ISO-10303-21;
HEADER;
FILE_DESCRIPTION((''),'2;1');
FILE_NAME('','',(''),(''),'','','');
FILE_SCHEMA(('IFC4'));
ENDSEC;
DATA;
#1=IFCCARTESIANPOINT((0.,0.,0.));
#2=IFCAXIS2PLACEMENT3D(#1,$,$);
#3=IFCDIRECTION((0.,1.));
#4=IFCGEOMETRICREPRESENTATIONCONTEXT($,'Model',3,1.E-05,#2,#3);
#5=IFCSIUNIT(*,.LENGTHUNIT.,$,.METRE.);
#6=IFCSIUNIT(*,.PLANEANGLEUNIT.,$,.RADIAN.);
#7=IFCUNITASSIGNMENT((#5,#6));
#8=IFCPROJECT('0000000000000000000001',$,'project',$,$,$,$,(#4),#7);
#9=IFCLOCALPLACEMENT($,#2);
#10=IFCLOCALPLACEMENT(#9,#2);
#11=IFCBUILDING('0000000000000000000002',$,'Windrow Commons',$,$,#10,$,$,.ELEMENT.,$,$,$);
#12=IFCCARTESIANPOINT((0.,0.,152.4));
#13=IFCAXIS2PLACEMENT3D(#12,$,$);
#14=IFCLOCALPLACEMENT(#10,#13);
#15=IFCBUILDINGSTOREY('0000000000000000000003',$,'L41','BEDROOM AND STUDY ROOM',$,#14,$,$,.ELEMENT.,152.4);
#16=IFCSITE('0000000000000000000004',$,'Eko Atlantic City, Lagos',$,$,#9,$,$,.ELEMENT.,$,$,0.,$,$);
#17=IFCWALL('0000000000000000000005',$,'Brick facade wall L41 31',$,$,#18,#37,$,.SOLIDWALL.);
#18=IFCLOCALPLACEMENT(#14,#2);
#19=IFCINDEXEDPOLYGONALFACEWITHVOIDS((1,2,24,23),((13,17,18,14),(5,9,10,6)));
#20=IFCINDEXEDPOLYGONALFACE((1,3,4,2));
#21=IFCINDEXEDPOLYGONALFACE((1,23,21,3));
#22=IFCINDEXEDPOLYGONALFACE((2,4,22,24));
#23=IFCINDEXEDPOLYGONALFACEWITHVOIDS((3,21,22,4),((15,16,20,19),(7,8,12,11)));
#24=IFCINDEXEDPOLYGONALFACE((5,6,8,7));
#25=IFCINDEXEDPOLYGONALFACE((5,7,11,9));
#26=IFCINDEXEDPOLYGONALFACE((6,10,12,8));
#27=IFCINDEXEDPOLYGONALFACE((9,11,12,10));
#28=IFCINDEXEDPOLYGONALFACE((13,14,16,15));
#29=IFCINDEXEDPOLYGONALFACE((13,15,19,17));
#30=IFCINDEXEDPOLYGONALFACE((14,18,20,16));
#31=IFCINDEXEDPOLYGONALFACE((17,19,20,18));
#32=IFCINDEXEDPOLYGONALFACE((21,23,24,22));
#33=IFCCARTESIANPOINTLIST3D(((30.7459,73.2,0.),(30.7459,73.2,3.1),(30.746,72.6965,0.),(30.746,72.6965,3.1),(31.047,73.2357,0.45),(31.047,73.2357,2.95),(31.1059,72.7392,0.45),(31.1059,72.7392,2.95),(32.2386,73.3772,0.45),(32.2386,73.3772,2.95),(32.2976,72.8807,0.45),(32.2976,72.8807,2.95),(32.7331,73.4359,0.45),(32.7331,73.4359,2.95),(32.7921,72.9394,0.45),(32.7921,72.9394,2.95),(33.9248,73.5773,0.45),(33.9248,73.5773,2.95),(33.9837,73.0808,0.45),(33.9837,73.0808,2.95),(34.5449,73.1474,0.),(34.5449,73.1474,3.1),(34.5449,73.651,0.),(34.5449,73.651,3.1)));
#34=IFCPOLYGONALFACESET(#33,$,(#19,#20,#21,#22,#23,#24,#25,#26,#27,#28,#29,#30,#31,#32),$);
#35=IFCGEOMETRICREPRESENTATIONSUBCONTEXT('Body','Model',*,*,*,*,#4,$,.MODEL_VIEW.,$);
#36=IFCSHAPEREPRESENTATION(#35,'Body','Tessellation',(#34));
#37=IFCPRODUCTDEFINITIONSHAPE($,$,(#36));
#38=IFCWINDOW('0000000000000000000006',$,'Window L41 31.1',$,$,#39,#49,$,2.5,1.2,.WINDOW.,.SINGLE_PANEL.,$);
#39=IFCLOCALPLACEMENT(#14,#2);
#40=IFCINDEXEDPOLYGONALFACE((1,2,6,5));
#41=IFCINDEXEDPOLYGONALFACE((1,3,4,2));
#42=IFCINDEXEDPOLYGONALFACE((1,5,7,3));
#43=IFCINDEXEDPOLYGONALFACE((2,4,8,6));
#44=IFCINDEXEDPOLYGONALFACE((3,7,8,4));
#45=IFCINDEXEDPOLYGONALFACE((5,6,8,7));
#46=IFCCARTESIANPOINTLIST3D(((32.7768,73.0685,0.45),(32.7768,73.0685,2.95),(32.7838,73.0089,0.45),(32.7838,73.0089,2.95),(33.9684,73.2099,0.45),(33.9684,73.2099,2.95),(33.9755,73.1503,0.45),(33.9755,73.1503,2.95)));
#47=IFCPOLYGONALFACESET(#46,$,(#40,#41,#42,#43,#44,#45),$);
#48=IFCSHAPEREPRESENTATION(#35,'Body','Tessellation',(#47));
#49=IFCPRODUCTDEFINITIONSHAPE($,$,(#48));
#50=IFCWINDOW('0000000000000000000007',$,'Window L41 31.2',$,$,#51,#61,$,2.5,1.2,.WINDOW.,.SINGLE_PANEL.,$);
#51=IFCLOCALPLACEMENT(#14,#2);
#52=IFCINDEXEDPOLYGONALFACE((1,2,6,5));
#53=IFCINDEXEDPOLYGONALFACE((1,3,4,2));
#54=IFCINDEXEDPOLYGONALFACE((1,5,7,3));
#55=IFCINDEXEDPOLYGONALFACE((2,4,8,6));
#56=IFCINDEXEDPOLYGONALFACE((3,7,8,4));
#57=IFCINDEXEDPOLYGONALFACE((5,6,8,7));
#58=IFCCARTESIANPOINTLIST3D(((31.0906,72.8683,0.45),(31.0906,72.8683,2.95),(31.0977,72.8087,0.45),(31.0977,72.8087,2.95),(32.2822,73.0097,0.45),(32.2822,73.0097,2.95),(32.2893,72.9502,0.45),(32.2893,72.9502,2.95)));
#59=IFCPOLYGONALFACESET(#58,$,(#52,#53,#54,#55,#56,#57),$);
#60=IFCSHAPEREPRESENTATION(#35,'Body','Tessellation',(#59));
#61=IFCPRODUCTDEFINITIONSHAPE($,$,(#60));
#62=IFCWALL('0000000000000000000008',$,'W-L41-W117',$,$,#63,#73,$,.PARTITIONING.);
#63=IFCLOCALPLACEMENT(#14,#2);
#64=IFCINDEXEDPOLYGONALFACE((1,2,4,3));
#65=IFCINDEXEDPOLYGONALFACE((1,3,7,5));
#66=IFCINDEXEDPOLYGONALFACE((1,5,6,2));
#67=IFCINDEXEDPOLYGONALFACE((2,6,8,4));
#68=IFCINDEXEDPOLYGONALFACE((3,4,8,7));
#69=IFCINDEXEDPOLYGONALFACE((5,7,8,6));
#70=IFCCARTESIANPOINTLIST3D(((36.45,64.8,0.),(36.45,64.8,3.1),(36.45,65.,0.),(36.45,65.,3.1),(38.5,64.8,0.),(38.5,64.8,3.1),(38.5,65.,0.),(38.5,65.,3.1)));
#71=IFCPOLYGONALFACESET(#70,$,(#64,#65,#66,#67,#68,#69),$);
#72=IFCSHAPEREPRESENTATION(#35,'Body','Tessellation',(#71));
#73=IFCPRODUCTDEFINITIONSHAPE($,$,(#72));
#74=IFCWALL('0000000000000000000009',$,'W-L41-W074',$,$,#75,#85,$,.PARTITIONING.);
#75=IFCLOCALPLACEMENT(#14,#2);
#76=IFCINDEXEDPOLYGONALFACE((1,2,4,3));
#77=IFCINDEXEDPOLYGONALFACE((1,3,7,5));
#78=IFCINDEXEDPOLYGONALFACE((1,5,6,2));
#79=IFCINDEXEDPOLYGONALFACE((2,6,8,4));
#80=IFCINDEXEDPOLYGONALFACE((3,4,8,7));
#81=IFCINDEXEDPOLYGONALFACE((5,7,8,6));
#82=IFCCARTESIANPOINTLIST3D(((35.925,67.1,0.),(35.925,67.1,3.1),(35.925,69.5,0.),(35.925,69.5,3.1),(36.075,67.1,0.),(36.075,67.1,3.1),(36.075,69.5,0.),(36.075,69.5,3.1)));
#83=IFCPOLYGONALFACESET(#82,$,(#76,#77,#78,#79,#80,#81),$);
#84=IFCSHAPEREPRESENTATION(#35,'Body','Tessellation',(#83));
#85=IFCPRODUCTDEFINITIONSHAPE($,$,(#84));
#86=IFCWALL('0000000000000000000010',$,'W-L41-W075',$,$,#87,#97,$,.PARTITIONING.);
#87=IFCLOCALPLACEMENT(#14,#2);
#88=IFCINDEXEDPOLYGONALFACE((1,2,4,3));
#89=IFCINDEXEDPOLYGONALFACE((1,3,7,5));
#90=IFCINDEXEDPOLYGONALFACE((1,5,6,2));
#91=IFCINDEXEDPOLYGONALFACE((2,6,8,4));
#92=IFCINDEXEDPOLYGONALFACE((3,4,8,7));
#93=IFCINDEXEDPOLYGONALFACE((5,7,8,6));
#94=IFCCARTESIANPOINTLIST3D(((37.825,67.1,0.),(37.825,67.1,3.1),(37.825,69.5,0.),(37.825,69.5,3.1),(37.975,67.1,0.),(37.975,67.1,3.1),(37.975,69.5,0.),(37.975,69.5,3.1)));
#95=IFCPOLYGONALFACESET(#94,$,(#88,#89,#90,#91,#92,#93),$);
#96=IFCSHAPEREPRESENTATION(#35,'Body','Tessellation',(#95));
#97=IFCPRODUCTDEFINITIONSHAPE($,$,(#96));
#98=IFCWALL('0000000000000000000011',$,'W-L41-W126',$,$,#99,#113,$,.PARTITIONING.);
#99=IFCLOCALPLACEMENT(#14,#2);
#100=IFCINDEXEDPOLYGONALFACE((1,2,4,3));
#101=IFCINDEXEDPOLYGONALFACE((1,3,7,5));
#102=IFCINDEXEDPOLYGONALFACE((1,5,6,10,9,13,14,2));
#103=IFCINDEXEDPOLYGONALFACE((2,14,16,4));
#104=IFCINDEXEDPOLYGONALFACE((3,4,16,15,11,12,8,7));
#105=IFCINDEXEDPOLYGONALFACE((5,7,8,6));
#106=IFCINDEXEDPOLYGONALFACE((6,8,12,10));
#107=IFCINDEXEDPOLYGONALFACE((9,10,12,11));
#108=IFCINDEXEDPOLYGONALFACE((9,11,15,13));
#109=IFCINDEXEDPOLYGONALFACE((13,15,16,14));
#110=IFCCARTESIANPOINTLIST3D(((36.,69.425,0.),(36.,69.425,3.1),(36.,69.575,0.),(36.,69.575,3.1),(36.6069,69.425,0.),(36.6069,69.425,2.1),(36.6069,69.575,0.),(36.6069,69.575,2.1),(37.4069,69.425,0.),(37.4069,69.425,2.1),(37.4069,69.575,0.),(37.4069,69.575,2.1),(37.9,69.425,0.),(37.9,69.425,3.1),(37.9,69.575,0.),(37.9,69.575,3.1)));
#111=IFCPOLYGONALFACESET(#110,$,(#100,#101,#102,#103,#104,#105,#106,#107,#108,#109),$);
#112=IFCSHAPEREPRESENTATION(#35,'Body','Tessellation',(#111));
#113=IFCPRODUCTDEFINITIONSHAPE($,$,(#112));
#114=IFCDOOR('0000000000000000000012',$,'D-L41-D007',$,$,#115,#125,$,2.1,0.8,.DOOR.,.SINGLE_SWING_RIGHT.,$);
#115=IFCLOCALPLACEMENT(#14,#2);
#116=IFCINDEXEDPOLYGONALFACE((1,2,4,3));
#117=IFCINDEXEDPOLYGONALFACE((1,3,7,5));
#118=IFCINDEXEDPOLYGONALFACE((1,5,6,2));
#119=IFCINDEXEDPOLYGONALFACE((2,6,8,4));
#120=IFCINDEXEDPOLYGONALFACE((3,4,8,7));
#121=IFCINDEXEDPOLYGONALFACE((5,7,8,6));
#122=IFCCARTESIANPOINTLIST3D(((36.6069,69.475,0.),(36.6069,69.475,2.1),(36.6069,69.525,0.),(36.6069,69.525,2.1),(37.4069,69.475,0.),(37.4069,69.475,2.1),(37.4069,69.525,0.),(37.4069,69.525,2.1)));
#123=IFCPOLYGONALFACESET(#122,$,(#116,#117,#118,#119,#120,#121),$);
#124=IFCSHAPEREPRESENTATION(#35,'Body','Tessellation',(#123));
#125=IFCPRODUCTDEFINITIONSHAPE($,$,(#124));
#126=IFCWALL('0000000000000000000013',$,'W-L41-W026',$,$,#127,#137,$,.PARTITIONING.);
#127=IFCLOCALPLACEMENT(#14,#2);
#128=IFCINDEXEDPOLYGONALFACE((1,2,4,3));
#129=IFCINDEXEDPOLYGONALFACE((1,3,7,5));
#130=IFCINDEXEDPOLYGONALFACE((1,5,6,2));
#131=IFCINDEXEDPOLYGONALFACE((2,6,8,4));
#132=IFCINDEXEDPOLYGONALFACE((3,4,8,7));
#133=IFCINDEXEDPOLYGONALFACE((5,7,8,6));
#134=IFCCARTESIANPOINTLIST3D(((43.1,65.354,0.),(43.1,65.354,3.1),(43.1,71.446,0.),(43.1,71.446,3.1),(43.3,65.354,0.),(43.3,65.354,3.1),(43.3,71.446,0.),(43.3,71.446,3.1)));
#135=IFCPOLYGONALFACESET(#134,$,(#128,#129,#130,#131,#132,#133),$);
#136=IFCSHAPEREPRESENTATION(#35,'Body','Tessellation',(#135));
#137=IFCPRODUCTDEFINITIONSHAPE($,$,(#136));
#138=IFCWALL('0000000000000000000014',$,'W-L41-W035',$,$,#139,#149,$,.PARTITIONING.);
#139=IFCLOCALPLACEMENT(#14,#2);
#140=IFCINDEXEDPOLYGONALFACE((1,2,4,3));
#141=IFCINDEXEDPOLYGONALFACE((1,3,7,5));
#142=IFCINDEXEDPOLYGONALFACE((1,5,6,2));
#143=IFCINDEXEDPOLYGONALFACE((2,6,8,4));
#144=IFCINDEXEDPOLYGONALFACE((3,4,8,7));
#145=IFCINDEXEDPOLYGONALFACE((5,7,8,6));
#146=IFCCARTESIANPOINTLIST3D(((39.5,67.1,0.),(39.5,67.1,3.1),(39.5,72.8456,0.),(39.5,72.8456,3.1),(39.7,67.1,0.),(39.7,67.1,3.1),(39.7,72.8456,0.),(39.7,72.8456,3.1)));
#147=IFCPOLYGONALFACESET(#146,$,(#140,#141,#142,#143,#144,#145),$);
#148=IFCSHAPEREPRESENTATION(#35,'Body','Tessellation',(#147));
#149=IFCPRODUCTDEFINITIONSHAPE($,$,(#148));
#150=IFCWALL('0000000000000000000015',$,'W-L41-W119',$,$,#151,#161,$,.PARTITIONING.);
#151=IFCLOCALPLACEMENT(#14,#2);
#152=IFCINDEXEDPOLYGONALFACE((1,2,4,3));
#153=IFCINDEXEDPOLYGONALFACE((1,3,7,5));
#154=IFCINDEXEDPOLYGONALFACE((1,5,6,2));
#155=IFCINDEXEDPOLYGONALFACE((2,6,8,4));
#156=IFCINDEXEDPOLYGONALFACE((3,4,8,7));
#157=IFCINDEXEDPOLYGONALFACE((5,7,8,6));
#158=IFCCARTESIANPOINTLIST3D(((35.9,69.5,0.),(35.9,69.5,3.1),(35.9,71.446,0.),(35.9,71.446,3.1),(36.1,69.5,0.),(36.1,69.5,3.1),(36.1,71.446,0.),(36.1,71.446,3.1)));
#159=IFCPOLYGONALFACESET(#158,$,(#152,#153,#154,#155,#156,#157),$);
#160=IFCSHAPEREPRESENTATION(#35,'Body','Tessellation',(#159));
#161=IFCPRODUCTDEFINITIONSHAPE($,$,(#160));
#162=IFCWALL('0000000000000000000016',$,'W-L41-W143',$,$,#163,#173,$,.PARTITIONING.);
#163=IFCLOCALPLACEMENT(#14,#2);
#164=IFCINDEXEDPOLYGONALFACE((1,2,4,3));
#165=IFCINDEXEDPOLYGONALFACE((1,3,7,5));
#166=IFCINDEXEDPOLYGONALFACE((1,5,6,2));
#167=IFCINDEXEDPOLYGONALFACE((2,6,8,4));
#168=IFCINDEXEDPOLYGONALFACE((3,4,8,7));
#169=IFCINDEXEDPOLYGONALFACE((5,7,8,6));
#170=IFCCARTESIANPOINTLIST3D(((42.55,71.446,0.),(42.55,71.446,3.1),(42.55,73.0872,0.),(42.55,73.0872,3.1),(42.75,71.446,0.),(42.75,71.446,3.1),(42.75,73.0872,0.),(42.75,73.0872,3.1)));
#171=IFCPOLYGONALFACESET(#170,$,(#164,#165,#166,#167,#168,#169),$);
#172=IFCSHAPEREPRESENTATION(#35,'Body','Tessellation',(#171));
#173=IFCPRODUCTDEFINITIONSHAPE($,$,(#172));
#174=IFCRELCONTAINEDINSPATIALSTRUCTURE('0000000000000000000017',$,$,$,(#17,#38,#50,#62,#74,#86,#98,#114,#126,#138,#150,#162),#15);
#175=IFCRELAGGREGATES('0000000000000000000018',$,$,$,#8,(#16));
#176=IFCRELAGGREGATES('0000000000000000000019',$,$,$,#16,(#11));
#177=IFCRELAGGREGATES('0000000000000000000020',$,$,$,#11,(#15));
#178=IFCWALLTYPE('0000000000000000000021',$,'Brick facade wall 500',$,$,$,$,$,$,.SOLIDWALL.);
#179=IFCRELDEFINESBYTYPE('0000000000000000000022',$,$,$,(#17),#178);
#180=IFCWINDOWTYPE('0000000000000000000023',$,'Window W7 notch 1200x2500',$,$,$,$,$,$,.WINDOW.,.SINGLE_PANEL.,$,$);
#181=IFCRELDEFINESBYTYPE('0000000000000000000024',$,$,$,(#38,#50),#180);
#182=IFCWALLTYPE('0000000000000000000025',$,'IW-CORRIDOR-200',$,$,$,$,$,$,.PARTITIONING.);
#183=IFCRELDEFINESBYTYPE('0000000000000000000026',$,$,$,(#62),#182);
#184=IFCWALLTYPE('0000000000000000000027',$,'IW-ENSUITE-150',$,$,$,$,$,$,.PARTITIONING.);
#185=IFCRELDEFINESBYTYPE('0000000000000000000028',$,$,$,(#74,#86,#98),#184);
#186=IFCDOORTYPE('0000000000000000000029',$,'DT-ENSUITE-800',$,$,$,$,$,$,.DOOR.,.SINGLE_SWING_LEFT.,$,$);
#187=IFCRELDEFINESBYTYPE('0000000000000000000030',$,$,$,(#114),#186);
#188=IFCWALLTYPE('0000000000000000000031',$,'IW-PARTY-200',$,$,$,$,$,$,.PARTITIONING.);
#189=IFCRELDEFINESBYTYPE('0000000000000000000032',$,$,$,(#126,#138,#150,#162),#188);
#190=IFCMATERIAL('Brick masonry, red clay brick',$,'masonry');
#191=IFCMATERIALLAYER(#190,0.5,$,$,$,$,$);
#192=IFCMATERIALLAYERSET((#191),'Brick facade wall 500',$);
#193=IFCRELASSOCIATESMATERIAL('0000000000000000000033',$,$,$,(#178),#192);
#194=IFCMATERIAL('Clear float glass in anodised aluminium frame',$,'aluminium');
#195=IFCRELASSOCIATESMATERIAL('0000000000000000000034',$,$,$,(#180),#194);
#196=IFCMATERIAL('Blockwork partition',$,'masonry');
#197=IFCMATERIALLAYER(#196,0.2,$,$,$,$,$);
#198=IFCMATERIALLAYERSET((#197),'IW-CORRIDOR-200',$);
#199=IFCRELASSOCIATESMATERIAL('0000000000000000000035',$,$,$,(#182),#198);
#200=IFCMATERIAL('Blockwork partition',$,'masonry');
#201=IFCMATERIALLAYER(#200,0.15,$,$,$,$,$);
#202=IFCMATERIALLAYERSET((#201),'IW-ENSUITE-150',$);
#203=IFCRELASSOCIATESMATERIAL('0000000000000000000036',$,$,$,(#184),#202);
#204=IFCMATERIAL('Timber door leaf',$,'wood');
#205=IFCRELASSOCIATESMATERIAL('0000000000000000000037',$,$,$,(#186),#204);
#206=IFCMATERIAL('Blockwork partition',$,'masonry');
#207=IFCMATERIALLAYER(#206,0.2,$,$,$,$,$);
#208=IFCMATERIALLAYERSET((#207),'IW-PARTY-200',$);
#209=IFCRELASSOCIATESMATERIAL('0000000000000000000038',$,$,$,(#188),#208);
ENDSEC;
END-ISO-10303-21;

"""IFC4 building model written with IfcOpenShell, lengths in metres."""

from ifc_helpers import new_model, si_unit, direction, frame, frame_2d, origin, place, context, subcontext, project, spatial, polyline, rectangle, outline, extrude, material, layer, layer_set, type_object, element, fill, save


model = new_model("IFC4")

# Units and contexts
model_context = context("Model", 3, precision=1e-05, world=origin(), true_north=direction((0.0, 1.0)))
body_context = subcontext(model_context, "Body", "Model", "MODEL_VIEW")
ifc_project = project(units=[si_unit("LENGTHUNIT", "METRE"), si_unit("PLANEANGLEUNIT", "RADIAN")], contexts=[model_context])

# Site, building, storey
site_placement = place(None, origin())
site = spatial("IfcSite", under=ifc_project, at=site_placement, Name="Eko Atlantic City, Lagos", CompositionType="ELEMENT", RefElevation=0.0)
building_placement = place(site_placement, origin())
building = spatial("IfcBuilding", under=site, at=building_placement, Name="Windrow Commons", CompositionType="ELEMENT")
storey_placement = place(building_placement, frame((0.0, 0.0, 152.4)))
storey = spatial("IfcBuildingStorey", under=building, at=storey_placement, Name="L41", Description="BEDROOM AND STUDY ROOM", CompositionType="ELEMENT", Elevation=152.4)

# Shared definitions
ifc_material_1 = material(Name="Brick masonry, red clay brick", Category="masonry")
ifc_layer_1 = layer(ifc_material_1, 0.5)
ifc_layer_set_1 = layer_set([ifc_layer_1], Name="Brick facade wall 500")
wall_type_1 = type_object("IfcWallType", Name="Brick facade wall 500", PredefinedType="SOLIDWALL", material=ifc_layer_set_1)
ifc_material_2 = material(Name="Clear float glass in anodised aluminium frame", Category="aluminium")
window_type = type_object("IfcWindowType", Name="Window W7 notch 1200x2500", PartitioningType="SINGLE_PANEL", PredefinedType="WINDOW", material=ifc_material_2)

# Wall, openings, windows
wall_1_placement = place(storey_placement, frame((34.5449, 73.3992, 0.0), z_axis=(0.0, 0.0, 1.0), x_axis=(-0.993027, -0.117888, 0.0)))
wall_1 = element("IfcWall", 1, at=wall_1_placement, inside=storey, type_object=wall_type_1, Name="Brick facade wall L41 31", PredefinedType="SOLIDWALL", context=body_context, shape_type="SweptSolid", body=[
    extrude(outline(polyline([(-0.0297, -0.25), (3.796, -0.25), (3.8553, 0.25), (0.0297, 0.25), (-0.0297, -0.25)])), origin(), (0.0, 0.0, 1.0), 3.1),
])
opening_1_placement = place(wall_1_placement, frame((0.5948, 0.0, 0.45)))
opening_1 = element("IfcOpeningElement", 2, at=opening_1_placement, cuts=wall_1, PredefinedType="OPENING", context=body_context, shape_type="SweptSolid", body=[
    extrude(rectangle(XDim=1.2, YDim=2.5, at=frame_2d((0.6, 1.25))), frame((0.0, 0.26, 0.0), z_axis=(0.0, -1.0, 0.0), x_axis=(1.0, 0.0, 0.0)), (0.0, 0.0, 1.0), 0.52),
])
opening_2_placement = place(wall_1_placement, frame((2.2928, 0.0, 0.45)))
opening_2 = element("IfcOpeningElement", 3, at=opening_2_placement, cuts=wall_1, PredefinedType="OPENING", context=body_context, shape_type="SweptSolid", body=[
    extrude(rectangle(XDim=1.2, YDim=2.5, at=frame_2d((0.6, 1.25))), frame((0.0, 0.26, 0.0), z_axis=(0.0, -1.0, 0.0), x_axis=(1.0, 0.0, 0.0)), (0.0, 0.0, 1.0), 0.52),
])
window_1_placement = place(opening_1_placement, origin())
window_1 = element("IfcWindow", 4, at=window_1_placement, inside=storey, type_object=window_type, Name="Window L41 31.1", OverallHeight=2.5, OverallWidth=1.2, PartitioningType="SINGLE_PANEL", PredefinedType="WINDOW", context=body_context, shape_type="SweptSolid", body=[
    extrude(rectangle(XDim=1.2, YDim=2.5, at=frame_2d((0.6, 1.25))), frame((0.0, 0.18, 0.0), z_axis=(0.0, -1.0, 0.0), x_axis=(1.0, 0.0, 0.0)), (0.0, 0.0, 1.0), 0.06),
])
fill(opening_1, window_1)
window_2_placement = place(opening_2_placement, origin())
window_2 = element("IfcWindow", 5, at=window_2_placement, inside=storey, type_object=window_type, Name="Window L41 31.2", OverallHeight=2.5, OverallWidth=1.2, PartitioningType="SINGLE_PANEL", PredefinedType="WINDOW", context=body_context, shape_type="SweptSolid", body=[
    extrude(rectangle(XDim=1.2, YDim=2.5, at=frame_2d((0.6, 1.25))), frame((0.0, 0.18, 0.0), z_axis=(0.0, -1.0, 0.0), x_axis=(1.0, 0.0, 0.0)), (0.0, 0.0, 1.0), 0.06),
])
fill(opening_2, window_2)

# Walls
ifc_material_3 = material(Name="Blockwork partition", Category="masonry")
ifc_layer_2 = layer(ifc_material_3, 0.2)
ifc_layer_set_2 = layer_set([ifc_layer_2], Name="IW-CORRIDOR-200")
wall_type_2 = type_object("IfcWallType", Name="IW-CORRIDOR-200", PredefinedType="PARTITIONING", material=ifc_layer_set_2)
wall_2_placement = place(storey_placement, frame((36.45, 64.9, 0.0), z_axis=(0.0, 0.0, 1.0), x_axis=(1.0, 0.0, 0.0)))
element("IfcWall", 6, at=wall_2_placement, inside=storey, type_object=wall_type_2, Name="W-L41-W117", PredefinedType="PARTITIONING", context=body_context, shape_type="SweptSolid", body=[
    extrude(rectangle(XDim=2.05, YDim=0.2, at=frame_2d((1.025, 0.0))), origin(), (0.0, 0.0, 1.0), 3.1),
])
ifc_material_4 = material(Name="Blockwork partition", Category="masonry")
ifc_layer_3 = layer(ifc_material_4, 0.15)
ifc_layer_set_3 = layer_set([ifc_layer_3], Name="IW-ENSUITE-150")
wall_type_3 = type_object("IfcWallType", Name="IW-ENSUITE-150", PredefinedType="PARTITIONING", material=ifc_layer_set_3)
for number, where, z_axis, x_axis, name in (
    (7, (36.0, 67.1, 0.0), (0.0, 0.0, 1.0), (0.0, 1.0, 0.0), "W-L41-W074"),
    (8, (37.9, 67.1, 0.0), (0.0, 0.0, 1.0), (0.0, 1.0, 0.0), "W-L41-W075"),
):
    element("IfcWall", number, at=place(storey_placement, frame(where, z_axis=z_axis, x_axis=x_axis)), inside=storey, type_object=wall_type_3, Name=name, PredefinedType="PARTITIONING", context=body_context, shape_type="SweptSolid", body=[
        extrude(rectangle(XDim=2.4, YDim=0.15, at=frame_2d((1.2, 0.0))), origin(), (0.0, 0.0, 1.0), 3.1),
    ])

# Wall, opening, door
wall_3_placement = place(storey_placement, frame((36.0, 69.5, 0.0), z_axis=(0.0, 0.0, 1.0), x_axis=(1.0, 0.0, 0.0)))
wall_3 = element("IfcWall", 9, at=wall_3_placement, inside=storey, type_object=wall_type_3, Name="W-L41-W126", PredefinedType="PARTITIONING", context=body_context, shape_type="SweptSolid", body=[
    extrude(rectangle(XDim=1.9, YDim=0.15, at=frame_2d((0.95, 0.0))), origin(), (0.0, 0.0, 1.0), 3.1),
])
opening_3_placement = place(wall_3_placement, frame((0.6069, 0.0, 0.0)))
opening_3 = element("IfcOpeningElement", 10, at=opening_3_placement, cuts=wall_3, PredefinedType="OPENING", context=body_context, shape_type="SweptSolid", body=[
    extrude(rectangle(XDim=0.8, YDim=2.1, at=frame_2d((0.4, 1.05))), frame((0.0, 0.085, 0.0), z_axis=(0.0, -1.0, 0.0), x_axis=(1.0, 0.0, 0.0)), (0.0, 0.0, 1.0), 0.17),
])
ifc_material_5 = material(Name="Timber door leaf", Category="wood")
door_type = type_object("IfcDoorType", Name="DT-ENSUITE-800", OperationType="SINGLE_SWING_LEFT", PredefinedType="DOOR", material=ifc_material_5)
door_placement = place(opening_3_placement, origin())
door = element("IfcDoor", 11, at=door_placement, inside=storey, type_object=door_type, Name="D-L41-D007", OperationType="SINGLE_SWING_RIGHT", OverallHeight=2.1, OverallWidth=0.8, PredefinedType="DOOR", context=body_context, shape_type="SweptSolid", body=[
    extrude(rectangle(XDim=0.8, YDim=2.1, at=frame_2d((0.4, 1.05))), frame((0.0, 0.025, 0.0), z_axis=(0.0, -1.0, 0.0), x_axis=(1.0, 0.0, 0.0)), (0.0, 0.0, 1.0), 0.05),
])
fill(opening_3, door)

# Walls
ifc_material_6 = material(Name="Blockwork partition", Category="masonry")
ifc_layer_4 = layer(ifc_material_6, 0.2)
ifc_layer_set_4 = layer_set([ifc_layer_4], Name="IW-PARTY-200")
wall_type_4 = type_object("IfcWallType", Name="IW-PARTY-200", PredefinedType="PARTITIONING", material=ifc_layer_set_4)
wall_4_placement = place(storey_placement, frame((43.2, 65.354, 0.0), z_axis=(0.0, 0.0, 1.0), x_axis=(0.0, 1.0, 0.0)))
element("IfcWall", 12, at=wall_4_placement, inside=storey, type_object=wall_type_4, Name="W-L41-W026", PredefinedType="PARTITIONING", context=body_context, shape_type="SweptSolid", body=[
    extrude(rectangle(XDim=6.092, YDim=0.2, at=frame_2d((3.046, 0.0))), origin(), (0.0, 0.0, 1.0), 3.1),
])
wall_5_placement = place(storey_placement, frame((39.6, 67.1, 0.0), z_axis=(0.0, 0.0, 1.0), x_axis=(0.0, 1.0, 0.0)))
element("IfcWall", 13, at=wall_5_placement, inside=storey, type_object=wall_type_4, Name="W-L41-W035", PredefinedType="PARTITIONING", context=body_context, shape_type="SweptSolid", body=[
    extrude(rectangle(XDim=5.7456, YDim=0.2, at=frame_2d((2.8728, 0.0))), origin(), (0.0, 0.0, 1.0), 3.1),
])
wall_6_placement = place(storey_placement, frame((36.0, 69.5, 0.0), z_axis=(0.0, 0.0, 1.0), x_axis=(0.0, 1.0, 0.0)))
element("IfcWall", 14, at=wall_6_placement, inside=storey, type_object=wall_type_4, Name="W-L41-W119", PredefinedType="PARTITIONING", context=body_context, shape_type="SweptSolid", body=[
    extrude(rectangle(XDim=1.946, YDim=0.2, at=frame_2d((0.973, 0.0))), origin(), (0.0, 0.0, 1.0), 3.1),
])
wall_7_placement = place(storey_placement, frame((42.65, 71.446, 0.0), z_axis=(0.0, 0.0, 1.0), x_axis=(0.0, 1.0, 0.0)))
element("IfcWall", 15, at=wall_7_placement, inside=storey, type_object=wall_type_4, Name="W-L41-W143", PredefinedType="PARTITIONING", context=body_context, shape_type="SweptSolid", body=[
    extrude(rectangle(XDim=1.6413, YDim=0.2, at=frame_2d((0.8206, 0.0))), origin(), (0.0, 0.0, 1.0), 3.1),
])

save(model, "model.ifc")
